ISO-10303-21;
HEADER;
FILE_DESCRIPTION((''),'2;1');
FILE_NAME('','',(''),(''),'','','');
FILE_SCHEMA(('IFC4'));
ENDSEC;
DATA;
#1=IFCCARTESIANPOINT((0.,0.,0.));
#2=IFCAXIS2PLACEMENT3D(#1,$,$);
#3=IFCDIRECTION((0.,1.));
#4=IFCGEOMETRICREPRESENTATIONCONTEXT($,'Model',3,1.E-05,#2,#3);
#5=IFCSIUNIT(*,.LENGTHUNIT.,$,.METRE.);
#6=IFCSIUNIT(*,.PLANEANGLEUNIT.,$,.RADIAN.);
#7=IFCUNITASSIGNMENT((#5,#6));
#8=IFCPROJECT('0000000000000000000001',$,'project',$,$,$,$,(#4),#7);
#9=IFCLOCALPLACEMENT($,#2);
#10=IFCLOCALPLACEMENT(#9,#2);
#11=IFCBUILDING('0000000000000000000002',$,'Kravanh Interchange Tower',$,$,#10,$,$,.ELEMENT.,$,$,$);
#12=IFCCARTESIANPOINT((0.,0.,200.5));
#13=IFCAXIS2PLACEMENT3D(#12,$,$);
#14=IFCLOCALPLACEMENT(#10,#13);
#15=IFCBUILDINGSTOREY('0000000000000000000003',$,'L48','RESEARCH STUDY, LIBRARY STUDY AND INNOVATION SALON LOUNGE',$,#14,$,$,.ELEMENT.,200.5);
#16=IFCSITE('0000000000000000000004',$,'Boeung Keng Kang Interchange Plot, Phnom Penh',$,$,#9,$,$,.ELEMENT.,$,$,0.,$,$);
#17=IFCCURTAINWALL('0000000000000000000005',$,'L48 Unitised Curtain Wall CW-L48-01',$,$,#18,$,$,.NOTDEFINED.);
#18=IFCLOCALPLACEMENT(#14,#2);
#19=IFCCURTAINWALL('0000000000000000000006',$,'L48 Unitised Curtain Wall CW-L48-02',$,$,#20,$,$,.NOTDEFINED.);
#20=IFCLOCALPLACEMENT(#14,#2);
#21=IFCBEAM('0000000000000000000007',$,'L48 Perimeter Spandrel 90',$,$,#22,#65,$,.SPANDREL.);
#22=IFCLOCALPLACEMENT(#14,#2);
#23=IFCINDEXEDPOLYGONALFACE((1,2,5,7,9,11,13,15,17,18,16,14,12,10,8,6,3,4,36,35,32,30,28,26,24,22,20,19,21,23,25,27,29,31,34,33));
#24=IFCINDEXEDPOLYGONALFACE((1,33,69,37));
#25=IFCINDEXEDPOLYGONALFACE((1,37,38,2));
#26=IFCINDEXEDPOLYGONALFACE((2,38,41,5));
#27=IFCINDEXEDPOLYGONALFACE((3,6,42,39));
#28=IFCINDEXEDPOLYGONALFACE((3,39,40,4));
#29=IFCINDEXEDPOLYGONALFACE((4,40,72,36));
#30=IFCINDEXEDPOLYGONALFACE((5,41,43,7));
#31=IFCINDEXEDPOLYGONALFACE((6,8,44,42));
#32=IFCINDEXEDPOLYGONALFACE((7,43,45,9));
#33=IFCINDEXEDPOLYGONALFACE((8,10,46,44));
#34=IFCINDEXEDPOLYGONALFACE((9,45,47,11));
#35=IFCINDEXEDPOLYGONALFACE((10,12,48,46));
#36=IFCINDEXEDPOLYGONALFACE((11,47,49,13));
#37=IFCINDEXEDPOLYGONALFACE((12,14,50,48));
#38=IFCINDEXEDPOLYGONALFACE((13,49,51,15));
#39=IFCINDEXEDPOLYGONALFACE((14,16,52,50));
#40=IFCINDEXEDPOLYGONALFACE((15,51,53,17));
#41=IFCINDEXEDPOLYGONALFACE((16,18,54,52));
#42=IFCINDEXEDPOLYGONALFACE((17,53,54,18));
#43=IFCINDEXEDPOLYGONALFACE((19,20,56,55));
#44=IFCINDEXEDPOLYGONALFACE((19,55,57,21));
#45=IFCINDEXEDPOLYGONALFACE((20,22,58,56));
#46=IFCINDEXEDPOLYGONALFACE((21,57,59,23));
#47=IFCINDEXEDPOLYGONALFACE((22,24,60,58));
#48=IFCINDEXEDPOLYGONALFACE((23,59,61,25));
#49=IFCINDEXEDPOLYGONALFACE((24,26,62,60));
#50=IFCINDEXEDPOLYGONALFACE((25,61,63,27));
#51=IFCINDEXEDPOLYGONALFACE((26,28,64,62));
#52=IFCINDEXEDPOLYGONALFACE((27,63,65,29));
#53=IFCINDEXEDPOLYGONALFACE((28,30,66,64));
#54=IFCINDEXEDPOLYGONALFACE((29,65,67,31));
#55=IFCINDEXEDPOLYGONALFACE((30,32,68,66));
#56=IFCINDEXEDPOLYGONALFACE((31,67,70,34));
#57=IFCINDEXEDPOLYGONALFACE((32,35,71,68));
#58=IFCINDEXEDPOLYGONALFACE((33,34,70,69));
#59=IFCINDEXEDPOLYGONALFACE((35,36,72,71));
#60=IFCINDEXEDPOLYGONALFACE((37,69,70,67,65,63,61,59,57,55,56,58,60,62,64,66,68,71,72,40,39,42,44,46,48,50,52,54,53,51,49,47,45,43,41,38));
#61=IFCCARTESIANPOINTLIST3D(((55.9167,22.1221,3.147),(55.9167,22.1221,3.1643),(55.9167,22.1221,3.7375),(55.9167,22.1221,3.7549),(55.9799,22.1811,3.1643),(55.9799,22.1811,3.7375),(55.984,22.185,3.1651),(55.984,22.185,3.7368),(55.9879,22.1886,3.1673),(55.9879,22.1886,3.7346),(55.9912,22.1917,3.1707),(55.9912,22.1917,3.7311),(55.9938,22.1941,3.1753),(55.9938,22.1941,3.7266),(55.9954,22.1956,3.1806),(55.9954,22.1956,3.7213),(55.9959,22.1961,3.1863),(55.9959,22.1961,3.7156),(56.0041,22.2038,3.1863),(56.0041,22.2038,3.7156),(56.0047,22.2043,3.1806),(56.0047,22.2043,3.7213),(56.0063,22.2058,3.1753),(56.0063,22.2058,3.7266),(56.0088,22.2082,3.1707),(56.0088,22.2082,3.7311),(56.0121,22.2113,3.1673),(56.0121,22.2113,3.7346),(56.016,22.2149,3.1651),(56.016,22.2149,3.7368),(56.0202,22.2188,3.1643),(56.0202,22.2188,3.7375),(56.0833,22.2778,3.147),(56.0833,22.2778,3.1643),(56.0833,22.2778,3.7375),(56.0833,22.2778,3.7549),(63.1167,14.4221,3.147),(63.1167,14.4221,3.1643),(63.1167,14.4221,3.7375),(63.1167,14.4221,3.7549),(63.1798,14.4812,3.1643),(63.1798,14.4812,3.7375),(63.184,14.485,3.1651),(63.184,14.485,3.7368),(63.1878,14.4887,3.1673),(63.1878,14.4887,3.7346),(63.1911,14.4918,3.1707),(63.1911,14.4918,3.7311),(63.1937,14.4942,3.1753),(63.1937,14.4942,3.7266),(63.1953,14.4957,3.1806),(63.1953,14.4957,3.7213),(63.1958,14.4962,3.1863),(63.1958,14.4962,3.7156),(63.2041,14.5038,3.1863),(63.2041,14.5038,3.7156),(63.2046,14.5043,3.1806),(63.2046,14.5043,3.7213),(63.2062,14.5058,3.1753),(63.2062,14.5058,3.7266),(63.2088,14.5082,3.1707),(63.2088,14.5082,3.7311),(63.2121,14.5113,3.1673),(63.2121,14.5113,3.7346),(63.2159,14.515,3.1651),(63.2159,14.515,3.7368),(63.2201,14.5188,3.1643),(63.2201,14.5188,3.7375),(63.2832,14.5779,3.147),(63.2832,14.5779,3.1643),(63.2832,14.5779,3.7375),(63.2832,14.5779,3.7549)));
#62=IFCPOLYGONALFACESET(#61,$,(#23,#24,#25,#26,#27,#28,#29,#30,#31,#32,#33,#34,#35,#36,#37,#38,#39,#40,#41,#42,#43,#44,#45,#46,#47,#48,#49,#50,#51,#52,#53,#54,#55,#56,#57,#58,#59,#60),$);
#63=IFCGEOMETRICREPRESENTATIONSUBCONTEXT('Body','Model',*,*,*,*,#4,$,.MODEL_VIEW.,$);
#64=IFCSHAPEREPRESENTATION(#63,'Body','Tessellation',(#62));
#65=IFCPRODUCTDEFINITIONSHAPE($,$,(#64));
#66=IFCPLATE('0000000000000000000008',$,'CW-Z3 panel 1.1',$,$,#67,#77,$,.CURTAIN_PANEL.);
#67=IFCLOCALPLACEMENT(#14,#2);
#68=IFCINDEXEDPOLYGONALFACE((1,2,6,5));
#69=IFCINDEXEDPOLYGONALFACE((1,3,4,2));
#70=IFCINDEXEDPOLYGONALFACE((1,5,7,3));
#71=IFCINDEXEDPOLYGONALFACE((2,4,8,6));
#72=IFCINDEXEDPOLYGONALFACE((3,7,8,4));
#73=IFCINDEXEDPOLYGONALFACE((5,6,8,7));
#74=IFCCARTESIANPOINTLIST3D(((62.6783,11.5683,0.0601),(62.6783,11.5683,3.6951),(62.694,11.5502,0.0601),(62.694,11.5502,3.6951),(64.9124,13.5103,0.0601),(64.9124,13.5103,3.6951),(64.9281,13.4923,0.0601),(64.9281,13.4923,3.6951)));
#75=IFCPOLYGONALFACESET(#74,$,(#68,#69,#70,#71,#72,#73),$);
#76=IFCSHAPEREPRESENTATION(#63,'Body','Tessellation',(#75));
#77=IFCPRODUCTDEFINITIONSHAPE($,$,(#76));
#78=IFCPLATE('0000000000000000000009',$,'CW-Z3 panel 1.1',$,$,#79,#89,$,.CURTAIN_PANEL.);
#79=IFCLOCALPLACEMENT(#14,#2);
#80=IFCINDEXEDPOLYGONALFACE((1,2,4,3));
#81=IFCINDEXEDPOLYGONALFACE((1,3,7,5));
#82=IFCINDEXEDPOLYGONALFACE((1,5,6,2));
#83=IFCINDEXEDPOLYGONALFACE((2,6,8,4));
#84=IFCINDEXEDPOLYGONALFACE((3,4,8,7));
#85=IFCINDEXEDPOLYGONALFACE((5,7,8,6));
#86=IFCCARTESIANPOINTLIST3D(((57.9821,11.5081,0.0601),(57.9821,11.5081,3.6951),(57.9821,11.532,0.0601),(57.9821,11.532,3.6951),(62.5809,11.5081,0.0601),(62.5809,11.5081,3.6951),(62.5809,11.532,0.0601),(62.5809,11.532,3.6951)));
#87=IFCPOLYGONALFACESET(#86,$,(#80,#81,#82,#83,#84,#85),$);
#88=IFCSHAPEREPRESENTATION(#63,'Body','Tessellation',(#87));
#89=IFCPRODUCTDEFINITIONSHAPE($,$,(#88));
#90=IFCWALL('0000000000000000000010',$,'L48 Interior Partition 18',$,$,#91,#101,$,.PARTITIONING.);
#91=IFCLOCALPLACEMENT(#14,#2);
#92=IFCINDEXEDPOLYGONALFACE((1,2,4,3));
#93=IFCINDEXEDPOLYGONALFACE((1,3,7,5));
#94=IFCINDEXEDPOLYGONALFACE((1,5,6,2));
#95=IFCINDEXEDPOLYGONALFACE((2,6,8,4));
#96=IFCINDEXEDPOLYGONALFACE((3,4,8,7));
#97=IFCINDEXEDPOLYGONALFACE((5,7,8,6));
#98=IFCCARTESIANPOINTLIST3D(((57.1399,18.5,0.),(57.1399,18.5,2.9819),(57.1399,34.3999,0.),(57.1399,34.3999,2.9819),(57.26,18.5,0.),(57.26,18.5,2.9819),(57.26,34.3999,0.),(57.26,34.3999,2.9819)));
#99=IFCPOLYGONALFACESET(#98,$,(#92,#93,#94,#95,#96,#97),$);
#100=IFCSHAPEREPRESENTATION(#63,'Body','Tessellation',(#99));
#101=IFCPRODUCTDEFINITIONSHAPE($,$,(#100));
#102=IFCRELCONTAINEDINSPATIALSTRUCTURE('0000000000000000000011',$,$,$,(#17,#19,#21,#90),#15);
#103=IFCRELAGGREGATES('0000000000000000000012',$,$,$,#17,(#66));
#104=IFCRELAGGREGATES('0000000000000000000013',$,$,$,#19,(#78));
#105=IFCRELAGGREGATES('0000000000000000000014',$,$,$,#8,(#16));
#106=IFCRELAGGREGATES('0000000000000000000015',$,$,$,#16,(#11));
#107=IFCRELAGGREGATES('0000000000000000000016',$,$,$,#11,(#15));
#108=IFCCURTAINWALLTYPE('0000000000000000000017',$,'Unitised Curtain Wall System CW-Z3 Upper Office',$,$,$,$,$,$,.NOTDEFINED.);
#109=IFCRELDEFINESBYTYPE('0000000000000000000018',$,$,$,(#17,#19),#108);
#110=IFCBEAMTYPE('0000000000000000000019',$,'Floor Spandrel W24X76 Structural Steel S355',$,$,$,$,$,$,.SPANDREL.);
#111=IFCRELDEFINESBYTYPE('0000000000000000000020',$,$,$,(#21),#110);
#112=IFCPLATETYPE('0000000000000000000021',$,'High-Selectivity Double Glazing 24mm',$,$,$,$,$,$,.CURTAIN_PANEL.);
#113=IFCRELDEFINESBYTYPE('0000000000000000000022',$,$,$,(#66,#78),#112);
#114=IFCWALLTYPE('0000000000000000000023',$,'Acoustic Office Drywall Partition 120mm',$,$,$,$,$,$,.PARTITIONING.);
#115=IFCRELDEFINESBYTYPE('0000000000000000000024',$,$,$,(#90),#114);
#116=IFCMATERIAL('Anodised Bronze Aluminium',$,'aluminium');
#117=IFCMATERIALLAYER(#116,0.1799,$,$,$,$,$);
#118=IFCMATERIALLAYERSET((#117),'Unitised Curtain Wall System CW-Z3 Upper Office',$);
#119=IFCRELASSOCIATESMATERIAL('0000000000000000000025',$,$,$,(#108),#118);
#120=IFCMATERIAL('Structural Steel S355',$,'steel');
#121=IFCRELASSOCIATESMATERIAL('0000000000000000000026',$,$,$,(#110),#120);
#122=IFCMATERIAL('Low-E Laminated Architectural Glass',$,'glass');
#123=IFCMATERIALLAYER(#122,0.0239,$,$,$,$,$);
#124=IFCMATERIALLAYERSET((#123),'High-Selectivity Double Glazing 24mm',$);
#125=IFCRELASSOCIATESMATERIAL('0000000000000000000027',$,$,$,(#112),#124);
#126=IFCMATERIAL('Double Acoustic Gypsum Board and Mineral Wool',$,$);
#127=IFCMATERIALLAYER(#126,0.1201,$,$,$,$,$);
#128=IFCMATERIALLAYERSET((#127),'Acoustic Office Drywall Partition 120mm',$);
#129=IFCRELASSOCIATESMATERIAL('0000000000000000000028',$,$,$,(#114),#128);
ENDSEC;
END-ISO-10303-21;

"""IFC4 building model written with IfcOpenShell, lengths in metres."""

from ifc_helpers import new_model, si_unit, direction, frame, frame_2d, origin, origin_2d, place, context, subcontext, project, spatial, rectangle, i_section, extrude, material, layer, layer_set, material_profile, profile_set, type_object, element, aggregate, save


model = new_model("IFC4")

# Units and contexts
model_context = context("Model", 3, precision=1e-05, world=origin(), true_north=direction((0.0, 1.0)))
body_context = subcontext(model_context, "Body", "Model", "MODEL_VIEW")
ifc_project = project(units=[si_unit("LENGTHUNIT", "METRE"), si_unit("PLANEANGLEUNIT", "RADIAN")], contexts=[model_context])

# Site, building, storey
site_placement = place(None, origin())
site = spatial("IfcSite", under=ifc_project, at=site_placement, Name="Boeung Keng Kang Interchange Plot, Phnom Penh", CompositionType="ELEMENT", RefElevation=0.0)
building_placement = place(site_placement, origin())
building = spatial("IfcBuilding", under=site, at=building_placement, Name="Kravanh Interchange Tower", CompositionType="ELEMENT")
storey_placement = place(building_placement, frame((0.0, 0.0, 200.5)))
storey = spatial("IfcBuildingStorey", under=building, at=storey_placement, Name="L48", Description="RESEARCH STUDY, LIBRARY STUDY AND INNOVATION SALON LOUNGE", CompositionType="ELEMENT", Elevation=200.5)

# Curtain walls
ifc_material_1 = material(Name="Anodised Bronze Aluminium", Category="aluminium")
ifc_layer_1 = layer(ifc_material_1, 0.1799)
ifc_layer_set_1 = layer_set([ifc_layer_1], Name="Unitised Curtain Wall System CW-Z3 Upper Office")
curtain_wall_type = type_object("IfcCurtainWallType", Name="Unitised Curtain Wall System CW-Z3 Upper Office", PredefinedType="NOTDEFINED", material=ifc_layer_set_1)
curtain_wall_1_placement = place(storey_placement, origin())
curtain_wall_1 = element("IfcCurtainWall", 1, at=curtain_wall_1_placement, inside=storey, type_object=curtain_wall_type, Name="L48 Unitised Curtain Wall CW-L48-01", PredefinedType="NOTDEFINED")
curtain_wall_2_placement = place(storey_placement, origin())
curtain_wall_2 = element("IfcCurtainWall", 2, at=curtain_wall_2_placement, inside=storey, type_object=curtain_wall_type, Name="L48 Unitised Curtain Wall CW-L48-02", PredefinedType="NOTDEFINED")

# Beam
ifc_material_2 = material(Name="Structural Steel S355", Category="steel")
ifc_material_profile_1 = material_profile(ifc_material_2, i_section(OverallWidth=0.228, OverallDepth=0.6079, WebThickness=0.0112, FlangeThickness=0.0173, FilletRadius=0.022, at=origin_2d()), Name="W24X76")
ifc_profile_set_1 = profile_set([ifc_material_profile_1], Name="Structural Steel S355")
beam_type_1 = type_object("IfcBeamType", Name="Floor Spandrel W24X76 Structural Steel S355", PredefinedType="SPANDREL", material=ifc_profile_set_1)
beam_1_placement = place(storey_placement, frame((63.2, 14.5, 3.4509), z_axis=(-0.682994, 0.730424, 0.0), x_axis=(-0.730424, -0.682994, 0.0)))
element("IfcBeam", 3, at=beam_1_placement, inside=storey, type_object=beam_type_1, Name="L48 Perimeter Spandrel 90", PredefinedType="SPANDREL", context=body_context, shape_type="SweptSolid", body=[
    extrude(i_section(OverallWidth=0.228, OverallDepth=0.6079, WebThickness=0.0112, FlangeThickness=0.0173, FilletRadius=0.022, at=origin_2d()), origin(), (0.0, 0.0, 1.0), 10.5417),
])

# Plates
ifc_material_3 = material(Name="Low-E Laminated Architectural Glass", Category="glass")
ifc_layer_2 = layer(ifc_material_3, 0.0239)
ifc_layer_set_2 = layer_set([ifc_layer_2], Name="High-Selectivity Double Glazing 24mm")
plate_type = type_object("IfcPlateType", Name="High-Selectivity Double Glazing 24mm", PredefinedType="CURTAIN_PANEL", material=ifc_layer_set_2)
plate_1_placement = place(storey_placement, frame((63.8032, 12.5303, 0.0601), z_axis=(0.0, 0.0, 1.0), x_axis=(-0.754717, -0.656051, 0.0)))
plate_1 = element("IfcPlate", 4, at=plate_1_placement, type_object=plate_type, Name="CW-Z3 panel 1.1", PredefinedType="CURTAIN_PANEL", context=body_context, shape_type="SweptSolid", body=[
    extrude(rectangle(XDim=2.9602, YDim=0.0239, at=origin_2d()), origin(), (0.0, 0.0, 1.0), 3.635),
])
aggregate(curtain_wall_1, [plate_1])
plate_2_placement = place(storey_placement, frame((60.2815, 11.52, 0.0601), z_axis=(0.0, 0.0, 1.0), x_axis=(-1.0, 0.0, 0.0)))
plate_2 = element("IfcPlate", 5, at=plate_2_placement, type_object=plate_type, Name="CW-Z3 panel 1.1", PredefinedType="CURTAIN_PANEL", context=body_context, shape_type="SweptSolid", body=[
    extrude(rectangle(XDim=4.5989, YDim=0.0239, at=origin_2d()), origin(), (0.0, 0.0, 1.0), 3.635),
])
aggregate(curtain_wall_2, [plate_2])

# Wall
ifc_material_4 = material(Name="Double Acoustic Gypsum Board and Mineral Wool")
ifc_layer_3 = layer(ifc_material_4, 0.1201)
ifc_layer_set_3 = layer_set([ifc_layer_3], Name="Acoustic Office Drywall Partition 120mm")
wall_type = type_object("IfcWallType", Name="Acoustic Office Drywall Partition 120mm", PredefinedType="PARTITIONING", material=ifc_layer_set_3)
wall_placement = place(storey_placement, frame((57.2, 18.5, 0.0), z_axis=(0.0, 0.0, 1.0), x_axis=(0.0, 1.0, 0.0)))
element("IfcWall", 6, at=wall_placement, inside=storey, type_object=wall_type, Name="L48 Interior Partition 18", PredefinedType="PARTITIONING", context=body_context, shape_type="SweptSolid", body=[
    extrude(rectangle(XDim=15.8999, YDim=0.1201, at=frame_2d((7.95, 0.0))), origin(), (0.0, 0.0, 1.0), 2.9819),
])

save(model, "model.ifc")
